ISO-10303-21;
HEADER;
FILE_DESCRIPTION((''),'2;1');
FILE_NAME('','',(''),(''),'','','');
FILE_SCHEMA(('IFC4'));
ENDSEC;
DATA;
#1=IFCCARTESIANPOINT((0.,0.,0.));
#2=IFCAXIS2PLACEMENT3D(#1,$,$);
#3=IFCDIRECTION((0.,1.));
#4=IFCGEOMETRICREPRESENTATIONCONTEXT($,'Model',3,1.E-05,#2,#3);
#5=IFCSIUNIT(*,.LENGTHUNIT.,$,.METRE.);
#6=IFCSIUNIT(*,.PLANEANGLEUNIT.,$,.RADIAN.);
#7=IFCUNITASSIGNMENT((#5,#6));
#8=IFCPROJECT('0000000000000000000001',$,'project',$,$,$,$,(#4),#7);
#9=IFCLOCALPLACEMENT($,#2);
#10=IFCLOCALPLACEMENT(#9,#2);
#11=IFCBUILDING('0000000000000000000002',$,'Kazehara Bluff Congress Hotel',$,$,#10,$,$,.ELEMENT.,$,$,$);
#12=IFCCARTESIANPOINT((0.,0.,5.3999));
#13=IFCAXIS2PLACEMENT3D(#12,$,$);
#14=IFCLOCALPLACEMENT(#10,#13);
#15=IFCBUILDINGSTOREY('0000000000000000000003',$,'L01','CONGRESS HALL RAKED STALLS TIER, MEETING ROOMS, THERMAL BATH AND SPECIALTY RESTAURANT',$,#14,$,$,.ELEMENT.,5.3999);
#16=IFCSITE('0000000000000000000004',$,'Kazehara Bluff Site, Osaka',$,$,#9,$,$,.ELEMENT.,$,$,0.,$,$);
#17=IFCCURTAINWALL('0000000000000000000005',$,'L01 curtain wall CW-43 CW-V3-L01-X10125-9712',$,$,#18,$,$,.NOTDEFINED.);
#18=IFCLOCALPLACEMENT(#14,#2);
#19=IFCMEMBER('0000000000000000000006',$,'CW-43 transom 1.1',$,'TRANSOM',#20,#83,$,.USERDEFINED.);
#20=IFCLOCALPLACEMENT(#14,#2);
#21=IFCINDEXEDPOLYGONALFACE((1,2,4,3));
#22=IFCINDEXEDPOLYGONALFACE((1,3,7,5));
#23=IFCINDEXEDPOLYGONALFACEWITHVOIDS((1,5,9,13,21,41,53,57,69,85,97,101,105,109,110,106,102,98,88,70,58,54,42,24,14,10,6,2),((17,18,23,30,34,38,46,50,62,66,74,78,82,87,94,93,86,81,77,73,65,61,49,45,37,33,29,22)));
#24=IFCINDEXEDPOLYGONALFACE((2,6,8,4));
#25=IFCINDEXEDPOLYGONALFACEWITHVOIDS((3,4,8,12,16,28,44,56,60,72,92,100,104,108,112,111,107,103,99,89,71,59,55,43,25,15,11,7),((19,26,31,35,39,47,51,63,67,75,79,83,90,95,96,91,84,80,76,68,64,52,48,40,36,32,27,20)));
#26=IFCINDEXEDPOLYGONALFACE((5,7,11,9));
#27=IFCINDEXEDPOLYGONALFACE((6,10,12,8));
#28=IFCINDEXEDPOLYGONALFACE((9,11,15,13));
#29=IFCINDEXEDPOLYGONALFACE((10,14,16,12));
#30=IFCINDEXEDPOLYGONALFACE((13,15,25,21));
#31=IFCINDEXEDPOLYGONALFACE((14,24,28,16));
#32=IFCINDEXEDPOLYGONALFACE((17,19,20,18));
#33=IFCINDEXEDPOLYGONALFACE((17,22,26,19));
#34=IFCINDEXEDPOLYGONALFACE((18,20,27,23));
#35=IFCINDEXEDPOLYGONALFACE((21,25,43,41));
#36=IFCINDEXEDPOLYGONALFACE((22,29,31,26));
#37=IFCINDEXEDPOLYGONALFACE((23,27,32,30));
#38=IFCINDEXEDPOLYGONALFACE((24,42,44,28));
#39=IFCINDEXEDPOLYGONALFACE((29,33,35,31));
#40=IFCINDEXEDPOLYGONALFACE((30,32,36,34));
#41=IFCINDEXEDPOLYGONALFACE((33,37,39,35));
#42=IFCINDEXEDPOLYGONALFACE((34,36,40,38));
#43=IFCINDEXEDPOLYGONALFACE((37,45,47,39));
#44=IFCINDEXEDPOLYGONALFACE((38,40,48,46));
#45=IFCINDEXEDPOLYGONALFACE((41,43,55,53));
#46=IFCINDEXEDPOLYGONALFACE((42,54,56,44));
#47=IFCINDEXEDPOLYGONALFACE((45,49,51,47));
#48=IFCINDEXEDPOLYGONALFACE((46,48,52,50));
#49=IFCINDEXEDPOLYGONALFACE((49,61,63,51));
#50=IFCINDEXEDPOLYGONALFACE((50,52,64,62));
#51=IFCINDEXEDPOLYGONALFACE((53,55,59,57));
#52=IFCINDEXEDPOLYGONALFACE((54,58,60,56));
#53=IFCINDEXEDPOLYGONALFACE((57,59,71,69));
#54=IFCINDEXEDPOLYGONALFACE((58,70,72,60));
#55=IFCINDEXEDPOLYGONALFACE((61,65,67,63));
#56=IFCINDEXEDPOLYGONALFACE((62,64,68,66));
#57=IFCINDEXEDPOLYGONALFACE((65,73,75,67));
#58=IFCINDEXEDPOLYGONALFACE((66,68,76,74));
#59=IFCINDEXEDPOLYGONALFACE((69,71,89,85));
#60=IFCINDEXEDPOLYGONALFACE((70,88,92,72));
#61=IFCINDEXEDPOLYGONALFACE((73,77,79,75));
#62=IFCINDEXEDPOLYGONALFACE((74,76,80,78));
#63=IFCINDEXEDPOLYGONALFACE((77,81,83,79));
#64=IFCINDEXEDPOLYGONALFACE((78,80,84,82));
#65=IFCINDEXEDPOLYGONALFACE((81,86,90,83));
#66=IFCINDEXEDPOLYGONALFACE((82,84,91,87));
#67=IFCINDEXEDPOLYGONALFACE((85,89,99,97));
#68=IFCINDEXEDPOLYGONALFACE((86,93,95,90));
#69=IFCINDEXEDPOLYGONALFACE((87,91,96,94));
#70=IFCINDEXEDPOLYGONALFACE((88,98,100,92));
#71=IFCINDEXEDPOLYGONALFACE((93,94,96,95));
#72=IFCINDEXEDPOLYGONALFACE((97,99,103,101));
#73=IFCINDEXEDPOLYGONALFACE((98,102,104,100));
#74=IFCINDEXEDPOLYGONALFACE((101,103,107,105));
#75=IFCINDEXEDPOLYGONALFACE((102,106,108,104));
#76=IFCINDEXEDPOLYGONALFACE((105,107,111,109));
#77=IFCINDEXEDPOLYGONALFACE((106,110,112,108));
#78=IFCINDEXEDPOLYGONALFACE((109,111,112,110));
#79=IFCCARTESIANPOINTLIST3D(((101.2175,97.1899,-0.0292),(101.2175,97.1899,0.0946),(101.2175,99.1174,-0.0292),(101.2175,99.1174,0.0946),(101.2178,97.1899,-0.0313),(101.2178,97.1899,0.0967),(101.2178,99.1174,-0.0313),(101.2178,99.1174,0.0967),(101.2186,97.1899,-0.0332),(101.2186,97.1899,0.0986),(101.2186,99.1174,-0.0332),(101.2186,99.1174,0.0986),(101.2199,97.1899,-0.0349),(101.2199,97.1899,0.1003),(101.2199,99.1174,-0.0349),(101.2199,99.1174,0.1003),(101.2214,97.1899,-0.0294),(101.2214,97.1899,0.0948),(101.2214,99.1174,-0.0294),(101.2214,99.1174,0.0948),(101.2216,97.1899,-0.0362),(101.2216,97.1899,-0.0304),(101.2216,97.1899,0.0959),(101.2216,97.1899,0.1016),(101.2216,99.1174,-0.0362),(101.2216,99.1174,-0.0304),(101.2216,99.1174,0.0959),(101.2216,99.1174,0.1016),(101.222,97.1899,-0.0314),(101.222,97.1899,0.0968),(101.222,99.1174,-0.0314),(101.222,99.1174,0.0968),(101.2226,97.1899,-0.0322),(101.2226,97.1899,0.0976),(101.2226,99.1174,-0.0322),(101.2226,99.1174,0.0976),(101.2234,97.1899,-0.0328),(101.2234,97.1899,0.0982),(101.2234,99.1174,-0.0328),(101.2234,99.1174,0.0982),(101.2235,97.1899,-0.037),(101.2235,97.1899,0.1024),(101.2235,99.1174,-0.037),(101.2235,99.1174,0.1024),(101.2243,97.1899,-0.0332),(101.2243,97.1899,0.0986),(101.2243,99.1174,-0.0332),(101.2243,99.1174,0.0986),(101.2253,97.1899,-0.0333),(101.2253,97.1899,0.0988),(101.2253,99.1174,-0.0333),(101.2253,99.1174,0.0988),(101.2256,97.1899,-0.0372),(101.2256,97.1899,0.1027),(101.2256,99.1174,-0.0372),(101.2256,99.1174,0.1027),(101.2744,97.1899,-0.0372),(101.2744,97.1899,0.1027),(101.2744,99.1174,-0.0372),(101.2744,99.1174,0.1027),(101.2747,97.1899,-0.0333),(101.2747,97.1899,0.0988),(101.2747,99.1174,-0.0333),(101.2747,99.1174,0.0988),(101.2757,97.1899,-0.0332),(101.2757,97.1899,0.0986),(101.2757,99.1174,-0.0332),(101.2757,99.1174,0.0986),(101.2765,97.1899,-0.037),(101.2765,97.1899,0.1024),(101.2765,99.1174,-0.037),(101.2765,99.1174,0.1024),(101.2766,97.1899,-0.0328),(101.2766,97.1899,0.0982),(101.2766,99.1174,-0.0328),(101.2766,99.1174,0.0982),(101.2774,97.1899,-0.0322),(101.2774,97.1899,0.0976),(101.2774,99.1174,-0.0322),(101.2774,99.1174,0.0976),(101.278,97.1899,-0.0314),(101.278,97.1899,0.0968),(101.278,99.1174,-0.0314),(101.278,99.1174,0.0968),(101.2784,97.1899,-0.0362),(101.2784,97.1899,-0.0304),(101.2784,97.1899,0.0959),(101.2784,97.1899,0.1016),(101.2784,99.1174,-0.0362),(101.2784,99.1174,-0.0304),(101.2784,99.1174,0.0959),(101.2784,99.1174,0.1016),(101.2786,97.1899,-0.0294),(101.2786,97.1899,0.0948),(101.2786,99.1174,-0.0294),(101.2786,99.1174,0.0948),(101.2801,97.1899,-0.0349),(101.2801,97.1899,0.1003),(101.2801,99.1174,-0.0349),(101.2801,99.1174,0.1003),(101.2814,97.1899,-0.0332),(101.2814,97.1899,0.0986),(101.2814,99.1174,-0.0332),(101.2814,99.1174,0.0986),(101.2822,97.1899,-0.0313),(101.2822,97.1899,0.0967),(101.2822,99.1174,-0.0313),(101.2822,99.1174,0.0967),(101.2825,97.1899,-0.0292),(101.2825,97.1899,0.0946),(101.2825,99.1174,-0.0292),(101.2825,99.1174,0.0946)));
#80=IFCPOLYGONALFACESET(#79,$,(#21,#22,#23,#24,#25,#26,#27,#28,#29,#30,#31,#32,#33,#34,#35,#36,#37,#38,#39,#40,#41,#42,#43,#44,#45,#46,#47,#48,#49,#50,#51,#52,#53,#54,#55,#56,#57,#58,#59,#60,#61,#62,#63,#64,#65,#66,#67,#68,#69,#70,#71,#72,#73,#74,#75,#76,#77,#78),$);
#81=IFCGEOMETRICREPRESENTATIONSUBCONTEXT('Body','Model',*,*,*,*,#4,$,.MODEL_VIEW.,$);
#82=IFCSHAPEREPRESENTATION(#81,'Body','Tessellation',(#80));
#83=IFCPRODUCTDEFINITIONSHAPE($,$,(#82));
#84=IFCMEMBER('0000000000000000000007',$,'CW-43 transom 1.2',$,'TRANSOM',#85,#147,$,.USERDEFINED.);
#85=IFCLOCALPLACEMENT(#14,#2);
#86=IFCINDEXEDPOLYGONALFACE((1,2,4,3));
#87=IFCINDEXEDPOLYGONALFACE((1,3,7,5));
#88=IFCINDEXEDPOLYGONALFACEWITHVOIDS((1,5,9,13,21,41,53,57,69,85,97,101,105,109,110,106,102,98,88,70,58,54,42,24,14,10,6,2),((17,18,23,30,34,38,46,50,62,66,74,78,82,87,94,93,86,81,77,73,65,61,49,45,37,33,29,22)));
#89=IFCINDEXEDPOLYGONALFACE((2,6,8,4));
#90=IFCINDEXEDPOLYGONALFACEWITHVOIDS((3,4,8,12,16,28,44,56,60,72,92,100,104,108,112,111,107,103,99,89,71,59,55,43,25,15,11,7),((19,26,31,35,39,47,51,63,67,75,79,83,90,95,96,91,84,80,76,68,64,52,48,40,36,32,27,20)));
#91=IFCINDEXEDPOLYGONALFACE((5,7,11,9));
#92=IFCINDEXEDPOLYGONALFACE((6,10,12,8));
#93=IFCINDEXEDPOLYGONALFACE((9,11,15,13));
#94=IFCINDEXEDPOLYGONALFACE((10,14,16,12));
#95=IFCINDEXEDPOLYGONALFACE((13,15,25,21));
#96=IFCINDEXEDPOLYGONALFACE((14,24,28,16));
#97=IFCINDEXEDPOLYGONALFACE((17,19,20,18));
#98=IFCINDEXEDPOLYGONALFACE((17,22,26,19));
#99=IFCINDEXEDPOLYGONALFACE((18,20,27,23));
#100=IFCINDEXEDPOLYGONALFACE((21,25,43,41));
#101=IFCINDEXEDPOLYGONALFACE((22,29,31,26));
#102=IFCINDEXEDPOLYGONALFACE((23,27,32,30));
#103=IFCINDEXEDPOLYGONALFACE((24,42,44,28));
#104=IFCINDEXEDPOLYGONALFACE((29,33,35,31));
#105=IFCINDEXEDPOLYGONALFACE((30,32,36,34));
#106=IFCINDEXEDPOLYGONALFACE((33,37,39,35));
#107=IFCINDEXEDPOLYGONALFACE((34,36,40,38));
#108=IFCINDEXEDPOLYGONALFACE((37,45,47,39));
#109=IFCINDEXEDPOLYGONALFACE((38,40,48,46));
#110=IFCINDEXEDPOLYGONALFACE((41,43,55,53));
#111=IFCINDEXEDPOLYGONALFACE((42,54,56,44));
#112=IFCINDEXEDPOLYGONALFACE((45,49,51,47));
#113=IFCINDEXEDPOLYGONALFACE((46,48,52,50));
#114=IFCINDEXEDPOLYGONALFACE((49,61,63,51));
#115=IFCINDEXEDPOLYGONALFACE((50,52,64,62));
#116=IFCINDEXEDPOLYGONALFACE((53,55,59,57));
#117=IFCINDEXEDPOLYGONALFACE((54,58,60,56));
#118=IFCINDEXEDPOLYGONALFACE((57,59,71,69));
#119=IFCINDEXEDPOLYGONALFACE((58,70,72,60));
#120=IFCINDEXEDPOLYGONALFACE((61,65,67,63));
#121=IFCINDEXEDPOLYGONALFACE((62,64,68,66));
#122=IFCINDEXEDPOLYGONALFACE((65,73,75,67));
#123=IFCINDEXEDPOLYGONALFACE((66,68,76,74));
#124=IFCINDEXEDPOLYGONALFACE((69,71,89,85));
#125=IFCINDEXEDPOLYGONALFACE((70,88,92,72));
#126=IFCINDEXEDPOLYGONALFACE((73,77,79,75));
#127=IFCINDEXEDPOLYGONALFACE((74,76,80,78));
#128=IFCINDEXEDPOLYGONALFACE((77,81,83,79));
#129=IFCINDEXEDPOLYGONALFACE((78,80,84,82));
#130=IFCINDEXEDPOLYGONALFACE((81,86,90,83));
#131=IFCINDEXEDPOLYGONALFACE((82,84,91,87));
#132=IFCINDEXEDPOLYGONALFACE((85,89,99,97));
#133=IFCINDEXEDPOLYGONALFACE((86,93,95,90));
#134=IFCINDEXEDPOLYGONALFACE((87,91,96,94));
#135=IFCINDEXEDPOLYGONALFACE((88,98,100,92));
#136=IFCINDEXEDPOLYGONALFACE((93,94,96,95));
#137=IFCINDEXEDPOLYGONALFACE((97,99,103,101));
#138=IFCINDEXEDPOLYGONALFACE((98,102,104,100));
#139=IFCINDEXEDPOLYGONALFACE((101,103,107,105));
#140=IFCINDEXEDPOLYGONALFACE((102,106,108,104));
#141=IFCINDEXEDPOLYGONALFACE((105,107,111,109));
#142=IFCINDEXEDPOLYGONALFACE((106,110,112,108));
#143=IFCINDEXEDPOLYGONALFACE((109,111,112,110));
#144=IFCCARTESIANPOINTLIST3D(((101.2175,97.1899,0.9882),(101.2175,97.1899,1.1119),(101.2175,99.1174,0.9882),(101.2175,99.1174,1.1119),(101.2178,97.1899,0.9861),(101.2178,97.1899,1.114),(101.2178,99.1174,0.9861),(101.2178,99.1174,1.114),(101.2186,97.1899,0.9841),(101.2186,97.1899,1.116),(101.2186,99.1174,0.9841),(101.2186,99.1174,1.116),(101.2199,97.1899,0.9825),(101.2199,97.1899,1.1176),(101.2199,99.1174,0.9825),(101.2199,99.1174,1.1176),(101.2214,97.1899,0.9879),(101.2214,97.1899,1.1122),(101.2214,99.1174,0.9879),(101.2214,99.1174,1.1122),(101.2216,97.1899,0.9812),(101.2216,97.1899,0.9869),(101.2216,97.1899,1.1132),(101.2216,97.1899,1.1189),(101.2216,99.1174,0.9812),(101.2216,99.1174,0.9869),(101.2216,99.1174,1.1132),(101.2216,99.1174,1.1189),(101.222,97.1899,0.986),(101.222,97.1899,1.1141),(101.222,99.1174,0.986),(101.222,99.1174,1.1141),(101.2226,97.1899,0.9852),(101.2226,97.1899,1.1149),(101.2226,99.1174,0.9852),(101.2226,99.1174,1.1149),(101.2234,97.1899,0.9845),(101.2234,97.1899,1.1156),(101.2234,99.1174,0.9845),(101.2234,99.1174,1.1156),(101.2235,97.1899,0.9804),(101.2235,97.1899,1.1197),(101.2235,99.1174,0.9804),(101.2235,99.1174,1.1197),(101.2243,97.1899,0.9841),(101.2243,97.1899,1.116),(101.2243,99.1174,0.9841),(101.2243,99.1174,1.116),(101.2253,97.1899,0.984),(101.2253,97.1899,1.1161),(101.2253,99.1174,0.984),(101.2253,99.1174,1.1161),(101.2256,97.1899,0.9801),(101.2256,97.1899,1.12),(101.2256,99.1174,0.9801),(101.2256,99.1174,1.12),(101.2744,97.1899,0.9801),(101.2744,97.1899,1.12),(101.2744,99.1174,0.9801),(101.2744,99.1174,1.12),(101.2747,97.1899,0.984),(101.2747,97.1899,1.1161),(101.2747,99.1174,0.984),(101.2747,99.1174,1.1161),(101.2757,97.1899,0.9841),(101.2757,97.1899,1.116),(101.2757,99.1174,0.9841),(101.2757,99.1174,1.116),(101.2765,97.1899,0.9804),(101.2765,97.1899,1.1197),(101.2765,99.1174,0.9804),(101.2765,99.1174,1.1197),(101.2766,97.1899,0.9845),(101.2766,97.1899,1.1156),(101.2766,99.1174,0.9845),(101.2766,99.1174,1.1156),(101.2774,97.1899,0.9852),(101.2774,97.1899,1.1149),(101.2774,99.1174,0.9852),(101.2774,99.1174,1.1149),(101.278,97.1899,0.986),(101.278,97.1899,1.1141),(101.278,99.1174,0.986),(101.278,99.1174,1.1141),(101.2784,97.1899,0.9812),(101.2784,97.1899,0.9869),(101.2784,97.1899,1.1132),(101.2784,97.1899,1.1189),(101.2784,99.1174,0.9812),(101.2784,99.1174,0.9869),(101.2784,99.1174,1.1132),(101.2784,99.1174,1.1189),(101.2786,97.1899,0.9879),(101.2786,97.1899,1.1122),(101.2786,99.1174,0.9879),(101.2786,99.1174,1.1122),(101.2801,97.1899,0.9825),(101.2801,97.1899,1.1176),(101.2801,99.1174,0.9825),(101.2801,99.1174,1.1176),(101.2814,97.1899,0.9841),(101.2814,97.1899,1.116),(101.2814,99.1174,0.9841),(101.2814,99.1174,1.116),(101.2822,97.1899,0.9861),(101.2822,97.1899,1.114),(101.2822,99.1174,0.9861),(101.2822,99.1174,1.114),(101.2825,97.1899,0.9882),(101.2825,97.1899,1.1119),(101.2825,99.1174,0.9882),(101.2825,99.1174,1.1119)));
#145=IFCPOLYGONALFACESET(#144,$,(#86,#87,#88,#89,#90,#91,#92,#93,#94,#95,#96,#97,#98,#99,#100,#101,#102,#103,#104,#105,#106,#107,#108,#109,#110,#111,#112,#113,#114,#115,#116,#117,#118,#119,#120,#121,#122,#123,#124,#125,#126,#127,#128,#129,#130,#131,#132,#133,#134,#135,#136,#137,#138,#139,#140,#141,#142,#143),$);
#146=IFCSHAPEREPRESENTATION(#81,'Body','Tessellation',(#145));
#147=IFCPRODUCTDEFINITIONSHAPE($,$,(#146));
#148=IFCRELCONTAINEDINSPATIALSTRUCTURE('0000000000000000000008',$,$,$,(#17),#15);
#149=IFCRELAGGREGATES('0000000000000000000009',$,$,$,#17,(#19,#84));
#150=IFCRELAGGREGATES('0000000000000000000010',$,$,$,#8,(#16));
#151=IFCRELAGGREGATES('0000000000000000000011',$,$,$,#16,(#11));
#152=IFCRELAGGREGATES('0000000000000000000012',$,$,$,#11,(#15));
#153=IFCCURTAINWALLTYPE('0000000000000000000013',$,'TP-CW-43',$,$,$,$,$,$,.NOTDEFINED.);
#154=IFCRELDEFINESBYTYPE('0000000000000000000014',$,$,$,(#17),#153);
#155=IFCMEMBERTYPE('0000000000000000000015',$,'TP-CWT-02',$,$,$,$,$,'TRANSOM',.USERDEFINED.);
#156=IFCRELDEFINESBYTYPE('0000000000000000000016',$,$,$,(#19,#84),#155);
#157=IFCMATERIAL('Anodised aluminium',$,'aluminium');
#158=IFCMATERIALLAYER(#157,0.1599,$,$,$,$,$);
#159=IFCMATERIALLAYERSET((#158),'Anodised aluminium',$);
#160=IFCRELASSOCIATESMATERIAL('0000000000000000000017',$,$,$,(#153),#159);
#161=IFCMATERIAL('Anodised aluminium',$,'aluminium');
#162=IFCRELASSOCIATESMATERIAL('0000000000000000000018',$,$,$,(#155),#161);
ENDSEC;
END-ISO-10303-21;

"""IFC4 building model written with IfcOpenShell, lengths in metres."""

from ifc_helpers import new_model, si_unit, direction, frame, origin, origin_2d, place, context, subcontext, project, spatial, hollow_rectangle, extrude, material, layer, layer_set, material_profile, profile_set, type_object, element, aggregate, save


model = new_model("IFC4")

# Units and contexts
model_context = context("Model", 3, precision=1e-05, world=origin(), true_north=direction((0.0, 1.0)))
body_context = subcontext(model_context, "Body", "Model", "MODEL_VIEW")
ifc_project = project(units=[si_unit("LENGTHUNIT", "METRE"), si_unit("PLANEANGLEUNIT", "RADIAN")], contexts=[model_context])

# Site, building, storey
site_placement = place(None, origin())
site = spatial("IfcSite", under=ifc_project, at=site_placement, Name="Kazehara Bluff Site, Osaka", CompositionType="ELEMENT", RefElevation=0.0)
building_placement = place(site_placement, origin())
building = spatial("IfcBuilding", under=site, at=building_placement, Name="Kazehara Bluff Congress Hotel", CompositionType="ELEMENT")
storey_placement = place(building_placement, frame((0.0, 0.0, 5.3999)))
storey = spatial("IfcBuildingStorey", under=building, at=storey_placement, Name="L01", Description="CONGRESS HALL RAKED STALLS TIER, MEETING ROOMS, THERMAL BATH AND SPECIALTY RESTAURANT", CompositionType="ELEMENT", Elevation=5.3999)

# Curtain wall
ifc_material_1 = material(Name="Anodised aluminium", Category="aluminium")
ifc_layer_1 = layer(ifc_material_1, 0.1599)
ifc_layer_set_1 = layer_set([ifc_layer_1], Name="Anodised aluminium")
curtain_wall_type_1 = type_object("IfcCurtainWallType", Name="TP-CW-43", PredefinedType="NOTDEFINED", material=ifc_layer_set_1)
curtain_wall_1_placement = place(storey_placement, origin())
curtain_wall_1 = element("IfcCurtainWall", 1, at=curtain_wall_1_placement, inside=storey, type_object=curtain_wall_type_1, Name="L01 curtain wall CW-43 CW-V3-L01-X10125-9712", PredefinedType="NOTDEFINED")

# Members
ifc_material_2 = material(Name="Anodised aluminium", Category="aluminium")
ifc_material_profile_1 = material_profile(ifc_material_2, hollow_rectangle(XDim=0.0649, YDim=0.1399, WallThickness=0.0039, InnerFilletRadius=0.0039, OuterFilletRadius=0.0081, at=origin_2d()))
ifc_profile_set_1 = profile_set([ifc_material_profile_1], Name="Anodised aluminium")
member_type_1 = type_object("IfcMemberType", Name="TP-CWT-02", ElementType="TRANSOM", PredefinedType="USERDEFINED", material=ifc_profile_set_1)
member_1_placement = place(storey_placement, frame((101.25, 97.1899, 0.0327), z_axis=(0.0, 1.0, 0.0), x_axis=(-1.0, 0.0, 0.0)))
member_1 = element("IfcMember", 2, at=member_1_placement, type_object=member_type_1, Name="CW-43 transom 1.1", ObjectType="TRANSOM", PredefinedType="USERDEFINED", context=body_context, shape_type="SweptSolid", body=[
    extrude(hollow_rectangle(XDim=0.0649, YDim=0.1399, WallThickness=0.0039, InnerFilletRadius=0.0039, OuterFilletRadius=0.0081, at=origin_2d()), origin(), (0.0, 0.0, 1.0), 1.9275),
])
member_2_placement = place(storey_placement, frame((101.25, 97.1899, 1.05), z_axis=(0.0, 1.0, 0.0), x_axis=(-1.0, 0.0, 0.0)))
member_2 = element("IfcMember", 3, at=member_2_placement, type_object=member_type_1, Name="CW-43 transom 1.2", ObjectType="TRANSOM", PredefinedType="USERDEFINED", context=body_context, shape_type="SweptSolid", body=[
    extrude(hollow_rectangle(XDim=0.0649, YDim=0.1399, WallThickness=0.0039, InnerFilletRadius=0.0039, OuterFilletRadius=0.0081, at=origin_2d()), origin(), (0.0, 0.0, 1.0), 1.9275),
])

aggregate(curtain_wall_1, [member_1, member_2])

save(model, "model.ifc")
